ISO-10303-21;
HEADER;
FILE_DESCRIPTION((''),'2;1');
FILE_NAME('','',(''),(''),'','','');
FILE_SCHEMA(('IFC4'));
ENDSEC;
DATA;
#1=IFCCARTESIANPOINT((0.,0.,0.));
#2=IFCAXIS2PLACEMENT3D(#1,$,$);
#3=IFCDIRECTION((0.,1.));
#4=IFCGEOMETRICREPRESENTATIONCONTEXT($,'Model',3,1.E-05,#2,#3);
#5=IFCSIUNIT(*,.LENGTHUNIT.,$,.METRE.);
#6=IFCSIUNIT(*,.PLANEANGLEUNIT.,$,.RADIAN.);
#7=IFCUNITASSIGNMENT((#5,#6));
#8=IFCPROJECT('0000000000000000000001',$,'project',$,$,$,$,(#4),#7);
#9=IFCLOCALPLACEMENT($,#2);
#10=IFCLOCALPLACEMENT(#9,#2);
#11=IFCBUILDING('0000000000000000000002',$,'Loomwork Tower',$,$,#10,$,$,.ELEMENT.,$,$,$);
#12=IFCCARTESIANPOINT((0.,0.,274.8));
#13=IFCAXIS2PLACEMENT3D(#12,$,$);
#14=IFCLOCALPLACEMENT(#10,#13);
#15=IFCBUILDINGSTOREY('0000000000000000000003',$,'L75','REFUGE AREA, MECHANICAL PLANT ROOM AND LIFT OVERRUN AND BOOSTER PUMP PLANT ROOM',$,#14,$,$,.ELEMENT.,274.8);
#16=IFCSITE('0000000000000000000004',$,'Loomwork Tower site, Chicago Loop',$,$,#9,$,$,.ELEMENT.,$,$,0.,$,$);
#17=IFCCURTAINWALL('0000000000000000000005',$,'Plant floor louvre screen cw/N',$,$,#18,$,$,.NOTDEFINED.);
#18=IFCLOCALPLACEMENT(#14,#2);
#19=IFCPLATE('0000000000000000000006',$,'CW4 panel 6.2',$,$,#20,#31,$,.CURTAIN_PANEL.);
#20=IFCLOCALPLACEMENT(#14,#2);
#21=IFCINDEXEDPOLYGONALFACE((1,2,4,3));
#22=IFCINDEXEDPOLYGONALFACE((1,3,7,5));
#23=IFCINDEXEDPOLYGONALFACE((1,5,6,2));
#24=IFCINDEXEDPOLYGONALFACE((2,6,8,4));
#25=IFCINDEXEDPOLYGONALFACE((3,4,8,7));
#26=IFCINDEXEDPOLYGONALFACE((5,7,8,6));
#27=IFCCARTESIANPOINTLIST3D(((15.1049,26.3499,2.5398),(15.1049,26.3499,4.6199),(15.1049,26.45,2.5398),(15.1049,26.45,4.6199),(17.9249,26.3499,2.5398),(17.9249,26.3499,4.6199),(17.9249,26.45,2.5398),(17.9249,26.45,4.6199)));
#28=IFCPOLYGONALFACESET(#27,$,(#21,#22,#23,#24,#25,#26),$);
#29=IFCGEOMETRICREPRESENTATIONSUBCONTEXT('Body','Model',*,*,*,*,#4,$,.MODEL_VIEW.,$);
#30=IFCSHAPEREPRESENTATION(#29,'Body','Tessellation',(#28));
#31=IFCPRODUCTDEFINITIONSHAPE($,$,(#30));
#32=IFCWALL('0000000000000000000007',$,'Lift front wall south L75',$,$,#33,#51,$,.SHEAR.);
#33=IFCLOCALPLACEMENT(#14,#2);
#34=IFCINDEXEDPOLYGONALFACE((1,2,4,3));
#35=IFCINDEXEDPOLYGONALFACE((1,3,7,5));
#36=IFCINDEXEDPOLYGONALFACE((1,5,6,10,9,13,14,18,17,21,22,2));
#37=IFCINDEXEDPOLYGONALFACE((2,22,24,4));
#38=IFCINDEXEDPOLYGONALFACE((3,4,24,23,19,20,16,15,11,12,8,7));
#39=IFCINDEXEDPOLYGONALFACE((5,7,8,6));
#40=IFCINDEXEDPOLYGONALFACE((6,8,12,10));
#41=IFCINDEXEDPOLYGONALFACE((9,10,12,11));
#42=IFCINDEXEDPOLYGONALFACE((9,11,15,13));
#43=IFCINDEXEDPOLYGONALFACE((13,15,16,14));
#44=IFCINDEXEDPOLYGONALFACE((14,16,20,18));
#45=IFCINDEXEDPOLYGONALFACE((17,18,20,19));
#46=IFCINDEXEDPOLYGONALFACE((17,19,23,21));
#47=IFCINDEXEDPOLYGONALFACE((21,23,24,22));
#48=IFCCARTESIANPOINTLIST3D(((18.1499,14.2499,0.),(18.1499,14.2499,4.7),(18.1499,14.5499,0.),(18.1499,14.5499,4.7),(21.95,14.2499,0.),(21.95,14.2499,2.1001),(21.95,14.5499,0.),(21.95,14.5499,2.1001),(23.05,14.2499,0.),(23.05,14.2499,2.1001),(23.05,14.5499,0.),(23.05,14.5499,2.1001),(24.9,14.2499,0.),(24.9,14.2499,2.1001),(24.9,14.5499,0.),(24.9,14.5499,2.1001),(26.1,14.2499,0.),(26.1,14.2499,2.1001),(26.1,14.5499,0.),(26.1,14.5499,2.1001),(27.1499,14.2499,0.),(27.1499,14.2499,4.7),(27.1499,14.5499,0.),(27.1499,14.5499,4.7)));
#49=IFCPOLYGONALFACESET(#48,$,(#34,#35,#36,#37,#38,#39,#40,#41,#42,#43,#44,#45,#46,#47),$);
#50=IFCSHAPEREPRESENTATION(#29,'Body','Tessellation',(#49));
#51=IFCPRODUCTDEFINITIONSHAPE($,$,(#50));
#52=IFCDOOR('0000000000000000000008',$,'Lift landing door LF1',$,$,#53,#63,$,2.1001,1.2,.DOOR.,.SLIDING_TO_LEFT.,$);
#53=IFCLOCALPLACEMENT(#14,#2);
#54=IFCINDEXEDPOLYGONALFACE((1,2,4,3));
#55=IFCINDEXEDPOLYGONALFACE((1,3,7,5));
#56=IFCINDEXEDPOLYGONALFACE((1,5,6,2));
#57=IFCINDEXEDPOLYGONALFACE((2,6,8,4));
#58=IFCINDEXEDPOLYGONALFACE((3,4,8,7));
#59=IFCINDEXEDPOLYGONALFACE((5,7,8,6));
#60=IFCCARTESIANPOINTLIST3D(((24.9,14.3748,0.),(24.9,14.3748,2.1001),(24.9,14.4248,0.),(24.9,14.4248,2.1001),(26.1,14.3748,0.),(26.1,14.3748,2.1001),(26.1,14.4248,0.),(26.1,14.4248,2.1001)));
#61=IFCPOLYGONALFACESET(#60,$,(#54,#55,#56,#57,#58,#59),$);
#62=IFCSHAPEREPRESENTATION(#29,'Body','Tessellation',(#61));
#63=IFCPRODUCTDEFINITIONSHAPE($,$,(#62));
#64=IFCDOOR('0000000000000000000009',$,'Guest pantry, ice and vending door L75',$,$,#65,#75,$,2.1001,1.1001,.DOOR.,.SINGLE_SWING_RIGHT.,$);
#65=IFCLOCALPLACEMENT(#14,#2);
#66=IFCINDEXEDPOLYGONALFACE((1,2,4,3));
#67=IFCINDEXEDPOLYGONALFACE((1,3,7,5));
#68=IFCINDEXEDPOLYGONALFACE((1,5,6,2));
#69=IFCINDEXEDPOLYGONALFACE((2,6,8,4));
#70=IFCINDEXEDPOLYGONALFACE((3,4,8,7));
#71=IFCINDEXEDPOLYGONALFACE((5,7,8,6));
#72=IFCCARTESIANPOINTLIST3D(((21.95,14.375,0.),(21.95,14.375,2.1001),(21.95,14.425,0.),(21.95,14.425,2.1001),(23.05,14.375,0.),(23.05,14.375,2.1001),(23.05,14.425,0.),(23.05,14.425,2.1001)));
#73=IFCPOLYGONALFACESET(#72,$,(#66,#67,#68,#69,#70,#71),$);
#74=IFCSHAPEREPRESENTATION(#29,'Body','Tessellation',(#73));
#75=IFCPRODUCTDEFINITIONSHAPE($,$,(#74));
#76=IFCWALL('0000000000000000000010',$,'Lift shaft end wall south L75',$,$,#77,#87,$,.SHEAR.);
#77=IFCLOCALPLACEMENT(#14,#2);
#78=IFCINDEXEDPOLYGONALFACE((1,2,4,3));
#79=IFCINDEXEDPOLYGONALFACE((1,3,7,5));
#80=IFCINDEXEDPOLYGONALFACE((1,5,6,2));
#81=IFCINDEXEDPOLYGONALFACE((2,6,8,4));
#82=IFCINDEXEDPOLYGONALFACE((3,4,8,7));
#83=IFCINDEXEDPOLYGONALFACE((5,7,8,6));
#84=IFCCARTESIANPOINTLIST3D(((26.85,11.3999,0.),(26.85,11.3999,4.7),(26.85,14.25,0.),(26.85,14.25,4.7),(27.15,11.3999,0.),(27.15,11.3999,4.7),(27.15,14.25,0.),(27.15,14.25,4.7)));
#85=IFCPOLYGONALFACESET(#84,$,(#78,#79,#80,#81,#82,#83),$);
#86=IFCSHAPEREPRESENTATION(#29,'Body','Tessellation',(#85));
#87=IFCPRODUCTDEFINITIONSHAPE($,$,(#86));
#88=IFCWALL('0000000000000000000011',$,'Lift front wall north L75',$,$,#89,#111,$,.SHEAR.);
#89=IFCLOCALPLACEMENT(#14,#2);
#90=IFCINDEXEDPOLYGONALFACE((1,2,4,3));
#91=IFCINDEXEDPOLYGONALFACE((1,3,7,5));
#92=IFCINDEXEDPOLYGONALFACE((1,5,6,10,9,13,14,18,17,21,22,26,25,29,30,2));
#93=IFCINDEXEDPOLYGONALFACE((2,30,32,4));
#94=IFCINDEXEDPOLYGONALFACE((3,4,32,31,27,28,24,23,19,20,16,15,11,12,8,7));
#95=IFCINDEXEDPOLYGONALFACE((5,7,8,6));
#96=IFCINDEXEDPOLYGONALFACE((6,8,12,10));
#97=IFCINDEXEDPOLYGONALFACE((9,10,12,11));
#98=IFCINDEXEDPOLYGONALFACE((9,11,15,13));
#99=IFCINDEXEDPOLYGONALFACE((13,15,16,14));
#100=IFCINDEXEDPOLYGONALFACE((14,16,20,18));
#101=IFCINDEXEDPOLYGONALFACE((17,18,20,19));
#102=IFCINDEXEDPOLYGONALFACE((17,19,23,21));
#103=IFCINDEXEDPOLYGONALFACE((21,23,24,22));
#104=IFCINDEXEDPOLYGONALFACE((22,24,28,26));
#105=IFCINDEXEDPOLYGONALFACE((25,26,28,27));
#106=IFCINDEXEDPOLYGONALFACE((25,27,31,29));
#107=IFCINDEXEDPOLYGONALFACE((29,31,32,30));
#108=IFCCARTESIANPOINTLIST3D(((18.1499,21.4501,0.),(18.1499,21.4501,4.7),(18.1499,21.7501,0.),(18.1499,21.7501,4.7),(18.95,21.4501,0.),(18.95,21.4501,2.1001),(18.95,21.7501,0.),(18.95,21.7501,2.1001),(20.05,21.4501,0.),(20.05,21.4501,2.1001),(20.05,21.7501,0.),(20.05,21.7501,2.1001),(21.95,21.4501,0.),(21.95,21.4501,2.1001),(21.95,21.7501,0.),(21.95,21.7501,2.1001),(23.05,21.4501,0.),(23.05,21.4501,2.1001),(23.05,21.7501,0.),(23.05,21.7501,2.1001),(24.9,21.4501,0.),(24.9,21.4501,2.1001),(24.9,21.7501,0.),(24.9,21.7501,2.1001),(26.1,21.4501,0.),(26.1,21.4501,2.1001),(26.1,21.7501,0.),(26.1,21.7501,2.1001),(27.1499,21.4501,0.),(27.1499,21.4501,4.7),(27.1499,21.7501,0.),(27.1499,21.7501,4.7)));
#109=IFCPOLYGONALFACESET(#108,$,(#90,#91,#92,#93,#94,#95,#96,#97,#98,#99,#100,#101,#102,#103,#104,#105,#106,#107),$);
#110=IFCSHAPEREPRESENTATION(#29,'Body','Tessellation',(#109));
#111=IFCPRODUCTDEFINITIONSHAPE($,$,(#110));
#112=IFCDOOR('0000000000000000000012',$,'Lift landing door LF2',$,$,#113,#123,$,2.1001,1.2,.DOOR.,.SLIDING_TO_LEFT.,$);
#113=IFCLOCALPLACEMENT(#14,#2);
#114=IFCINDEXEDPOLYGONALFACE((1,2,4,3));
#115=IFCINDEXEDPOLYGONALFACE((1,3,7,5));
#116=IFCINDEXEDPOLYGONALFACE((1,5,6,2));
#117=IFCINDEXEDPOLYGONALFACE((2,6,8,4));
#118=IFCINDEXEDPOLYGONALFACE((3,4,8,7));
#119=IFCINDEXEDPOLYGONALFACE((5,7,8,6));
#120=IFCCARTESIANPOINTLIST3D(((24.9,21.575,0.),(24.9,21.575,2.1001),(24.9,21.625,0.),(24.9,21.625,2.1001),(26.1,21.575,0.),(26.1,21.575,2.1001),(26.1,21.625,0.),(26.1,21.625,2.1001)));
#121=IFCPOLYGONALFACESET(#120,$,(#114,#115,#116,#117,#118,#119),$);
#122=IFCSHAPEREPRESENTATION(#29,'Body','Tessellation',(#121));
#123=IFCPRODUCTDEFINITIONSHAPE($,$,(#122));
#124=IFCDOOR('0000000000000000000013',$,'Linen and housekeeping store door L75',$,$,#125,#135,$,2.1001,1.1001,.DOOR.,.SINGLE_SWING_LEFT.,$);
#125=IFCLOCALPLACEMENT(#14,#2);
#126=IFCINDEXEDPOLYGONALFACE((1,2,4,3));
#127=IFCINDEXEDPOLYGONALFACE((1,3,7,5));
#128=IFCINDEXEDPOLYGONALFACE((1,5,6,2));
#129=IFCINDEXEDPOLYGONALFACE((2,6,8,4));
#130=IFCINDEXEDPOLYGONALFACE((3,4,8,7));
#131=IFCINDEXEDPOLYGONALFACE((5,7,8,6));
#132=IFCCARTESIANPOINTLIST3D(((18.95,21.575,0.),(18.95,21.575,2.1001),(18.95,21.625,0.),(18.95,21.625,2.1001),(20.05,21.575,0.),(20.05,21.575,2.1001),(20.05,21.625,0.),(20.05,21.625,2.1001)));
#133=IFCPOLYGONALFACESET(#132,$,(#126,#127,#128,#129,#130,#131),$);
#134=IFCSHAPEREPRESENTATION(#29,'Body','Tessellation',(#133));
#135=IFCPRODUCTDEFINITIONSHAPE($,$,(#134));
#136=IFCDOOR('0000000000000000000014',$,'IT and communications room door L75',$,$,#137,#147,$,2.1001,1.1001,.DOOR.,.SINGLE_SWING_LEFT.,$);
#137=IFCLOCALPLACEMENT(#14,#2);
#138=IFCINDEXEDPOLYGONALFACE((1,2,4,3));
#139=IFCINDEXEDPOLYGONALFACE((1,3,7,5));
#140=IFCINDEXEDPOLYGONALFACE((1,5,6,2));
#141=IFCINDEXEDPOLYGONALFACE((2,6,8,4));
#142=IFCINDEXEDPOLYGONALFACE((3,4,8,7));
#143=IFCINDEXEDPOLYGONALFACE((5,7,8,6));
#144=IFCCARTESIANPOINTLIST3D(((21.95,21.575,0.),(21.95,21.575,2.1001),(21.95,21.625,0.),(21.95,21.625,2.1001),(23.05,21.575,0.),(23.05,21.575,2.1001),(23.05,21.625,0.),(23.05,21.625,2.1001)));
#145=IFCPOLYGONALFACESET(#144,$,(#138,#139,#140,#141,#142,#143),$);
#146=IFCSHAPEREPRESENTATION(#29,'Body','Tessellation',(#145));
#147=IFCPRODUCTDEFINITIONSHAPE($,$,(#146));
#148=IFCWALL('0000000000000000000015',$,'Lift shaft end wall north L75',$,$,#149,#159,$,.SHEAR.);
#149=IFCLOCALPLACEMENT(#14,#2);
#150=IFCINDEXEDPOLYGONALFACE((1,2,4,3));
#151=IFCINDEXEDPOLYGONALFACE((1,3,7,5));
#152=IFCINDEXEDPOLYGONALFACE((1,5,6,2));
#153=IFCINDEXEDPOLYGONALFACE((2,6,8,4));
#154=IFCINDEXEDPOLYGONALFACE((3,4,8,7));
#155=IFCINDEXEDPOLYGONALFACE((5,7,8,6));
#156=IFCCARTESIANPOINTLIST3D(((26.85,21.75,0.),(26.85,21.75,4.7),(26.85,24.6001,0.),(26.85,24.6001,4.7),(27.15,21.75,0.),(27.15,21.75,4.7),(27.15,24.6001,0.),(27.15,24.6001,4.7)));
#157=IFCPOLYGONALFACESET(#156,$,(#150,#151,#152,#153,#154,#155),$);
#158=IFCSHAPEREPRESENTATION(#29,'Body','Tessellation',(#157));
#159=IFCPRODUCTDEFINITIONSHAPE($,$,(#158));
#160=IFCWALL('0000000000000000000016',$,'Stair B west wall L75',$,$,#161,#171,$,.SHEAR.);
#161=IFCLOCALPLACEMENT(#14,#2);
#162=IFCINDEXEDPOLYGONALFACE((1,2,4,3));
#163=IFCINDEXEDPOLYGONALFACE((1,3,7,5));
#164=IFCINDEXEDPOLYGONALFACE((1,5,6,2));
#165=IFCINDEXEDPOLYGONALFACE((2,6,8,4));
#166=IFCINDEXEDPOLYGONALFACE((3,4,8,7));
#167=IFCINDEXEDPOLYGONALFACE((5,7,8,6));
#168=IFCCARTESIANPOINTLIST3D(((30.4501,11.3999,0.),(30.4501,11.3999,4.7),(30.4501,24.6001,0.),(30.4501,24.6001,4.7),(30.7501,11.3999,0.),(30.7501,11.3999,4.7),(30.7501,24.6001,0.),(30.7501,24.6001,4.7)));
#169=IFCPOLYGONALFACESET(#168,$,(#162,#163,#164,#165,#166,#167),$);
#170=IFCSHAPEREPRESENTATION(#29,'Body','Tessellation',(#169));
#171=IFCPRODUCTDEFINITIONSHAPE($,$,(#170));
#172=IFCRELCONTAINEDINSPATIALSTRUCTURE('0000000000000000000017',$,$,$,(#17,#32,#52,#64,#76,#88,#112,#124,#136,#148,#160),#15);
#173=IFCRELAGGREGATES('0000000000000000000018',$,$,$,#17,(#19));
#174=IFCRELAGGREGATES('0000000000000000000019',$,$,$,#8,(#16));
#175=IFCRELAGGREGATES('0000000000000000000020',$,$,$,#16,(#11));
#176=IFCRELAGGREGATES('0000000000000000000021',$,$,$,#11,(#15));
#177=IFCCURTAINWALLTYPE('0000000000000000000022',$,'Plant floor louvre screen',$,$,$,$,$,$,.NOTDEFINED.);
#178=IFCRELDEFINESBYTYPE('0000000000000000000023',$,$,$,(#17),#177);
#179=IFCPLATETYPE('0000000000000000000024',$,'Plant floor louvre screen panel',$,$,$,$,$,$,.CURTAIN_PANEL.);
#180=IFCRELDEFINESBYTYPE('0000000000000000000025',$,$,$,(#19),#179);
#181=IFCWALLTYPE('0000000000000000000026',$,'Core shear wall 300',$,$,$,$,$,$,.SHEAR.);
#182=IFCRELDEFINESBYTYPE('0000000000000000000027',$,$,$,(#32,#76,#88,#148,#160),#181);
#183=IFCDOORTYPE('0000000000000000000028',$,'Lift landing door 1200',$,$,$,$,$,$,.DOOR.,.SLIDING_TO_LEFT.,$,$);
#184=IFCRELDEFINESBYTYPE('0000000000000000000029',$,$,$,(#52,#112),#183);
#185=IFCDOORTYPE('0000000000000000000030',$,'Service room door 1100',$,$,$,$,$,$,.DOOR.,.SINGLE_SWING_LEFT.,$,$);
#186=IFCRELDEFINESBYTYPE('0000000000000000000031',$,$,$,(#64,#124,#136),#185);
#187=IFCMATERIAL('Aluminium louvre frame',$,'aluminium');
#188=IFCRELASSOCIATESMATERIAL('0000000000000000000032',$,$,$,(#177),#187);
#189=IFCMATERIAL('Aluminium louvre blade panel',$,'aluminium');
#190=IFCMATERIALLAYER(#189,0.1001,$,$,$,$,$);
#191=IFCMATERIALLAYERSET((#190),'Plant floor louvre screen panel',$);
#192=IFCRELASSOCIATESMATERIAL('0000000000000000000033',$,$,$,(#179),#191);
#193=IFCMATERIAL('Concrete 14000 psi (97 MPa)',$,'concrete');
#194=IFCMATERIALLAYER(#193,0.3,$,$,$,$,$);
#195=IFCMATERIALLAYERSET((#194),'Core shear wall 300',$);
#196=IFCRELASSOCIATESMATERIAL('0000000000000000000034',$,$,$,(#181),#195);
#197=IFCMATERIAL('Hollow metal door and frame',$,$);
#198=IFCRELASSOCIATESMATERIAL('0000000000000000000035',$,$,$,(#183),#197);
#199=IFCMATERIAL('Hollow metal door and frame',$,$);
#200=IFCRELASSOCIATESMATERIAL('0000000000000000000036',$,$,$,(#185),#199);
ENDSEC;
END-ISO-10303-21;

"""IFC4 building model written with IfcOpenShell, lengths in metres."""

from ifc_helpers import new_model, si_unit, direction, frame, frame_2d, origin, origin_2d, place, context, subcontext, project, spatial, rectangle, extrude, material, layer, layer_set, type_object, element, fill, aggregate, save


model = new_model("IFC4")

# Units and contexts
model_context = context("Model", 3, precision=1e-05, world=origin(), true_north=direction((0.0, 1.0)))
body_context = subcontext(model_context, "Body", "Model", "MODEL_VIEW")
ifc_project = project(units=[si_unit("LENGTHUNIT", "METRE"), si_unit("PLANEANGLEUNIT", "RADIAN")], contexts=[model_context])

# Site, building, storey
site_placement = place(None, origin())
site = spatial("IfcSite", under=ifc_project, at=site_placement, Name="Loomwork Tower site, Chicago Loop", CompositionType="ELEMENT", RefElevation=0.0)
building_placement = place(site_placement, origin())
building = spatial("IfcBuilding", under=site, at=building_placement, Name="Loomwork Tower", CompositionType="ELEMENT")
storey_placement = place(building_placement, frame((0.0, 0.0, 274.8)))
storey = spatial("IfcBuildingStorey", under=building, at=storey_placement, Name="L75", Description="REFUGE AREA, MECHANICAL PLANT ROOM AND LIFT OVERRUN AND BOOSTER PUMP PLANT ROOM", CompositionType="ELEMENT", Elevation=274.8)

# Curtain wall, plate
ifc_material_1 = material(Name="Aluminium louvre frame", Category="aluminium")
curtain_wall_type = type_object("IfcCurtainWallType", Name="Plant floor louvre screen", PredefinedType="NOTDEFINED", material=ifc_material_1)
curtain_wall_placement = place(storey_placement, origin())
curtain_wall = element("IfcCurtainWall", 1, at=curtain_wall_placement, inside=storey, type_object=curtain_wall_type, Name="Plant floor louvre screen cw/N", PredefinedType="NOTDEFINED")
ifc_material_2 = material(Name="Aluminium louvre blade panel", Category="aluminium")
ifc_layer_1 = layer(ifc_material_2, 0.1001)
ifc_layer_set_1 = layer_set([ifc_layer_1], Name="Plant floor louvre screen panel")
plate_type = type_object("IfcPlateType", Name="Plant floor louvre screen panel", PredefinedType="CURTAIN_PANEL", material=ifc_layer_set_1)
plate_1_placement = place(storey_placement, frame((16.5149, 26.3999, 2.5398), z_axis=(0.0, 0.0, 1.0), x_axis=(-1.0, 0.0, 0.0)))
plate_1 = element("IfcPlate", 2, at=plate_1_placement, type_object=plate_type, Name="CW4 panel 6.2", PredefinedType="CURTAIN_PANEL", context=body_context, shape_type="SweptSolid", body=[
    extrude(rectangle(XDim=2.8201, YDim=0.1001, at=origin_2d()), origin(), (0.0, 0.0, 1.0), 2.0801),
])
aggregate(curtain_wall, [plate_1])

# Wall, openings, doors
ifc_material_3 = material(Name="Concrete 14000 psi (97 MPa)", Category="concrete")
ifc_layer_2 = layer(ifc_material_3, 0.3)
ifc_layer_set_2 = layer_set([ifc_layer_2], Name="Core shear wall 300")
wall_type_1 = type_object("IfcWallType", Name="Core shear wall 300", PredefinedType="SHEAR", material=ifc_layer_set_2)
wall_1_placement = place(storey_placement, frame((18.1499, 14.3999, 0.0), z_axis=(0.0, 0.0, 1.0), x_axis=(1.0, 0.0, 0.0)))
wall_1 = element("IfcWall", 3, at=wall_1_placement, inside=storey, type_object=wall_type_1, Name="Lift front wall south L75", PredefinedType="SHEAR", context=body_context, shape_type="SweptSolid", body=[
    extrude(rectangle(XDim=9.0, YDim=0.3, at=frame_2d((4.5, 0.0))), origin(), (0.0, 0.0, 1.0), 4.7),
])
opening_1_placement = place(wall_1_placement, frame((6.75, 0.0, 0.0)))
opening_1 = element("IfcOpeningElement", 4, at=opening_1_placement, cuts=wall_1, PredefinedType="OPENING", context=body_context, shape_type="SweptSolid", body=[
    extrude(rectangle(XDim=1.2, YDim=2.1001, at=frame_2d((0.6001, 1.05))), frame((0.0, 0.1599, 0.0), z_axis=(0.0, -1.0, 0.0), x_axis=(1.0, 0.0, 0.0)), (0.0, 0.0, 1.0), 0.3201),
])
opening_2_placement = place(wall_1_placement, frame((3.8, 0.0, 0.0)))
opening_2 = element("IfcOpeningElement", 5, at=opening_2_placement, cuts=wall_1, PredefinedType="OPENING", context=body_context, shape_type="SweptSolid", body=[
    extrude(rectangle(XDim=1.1001, YDim=2.1001, at=frame_2d((0.55, 1.05))), frame((0.0, 0.1599, 0.0), z_axis=(0.0, -1.0, 0.0), x_axis=(1.0, 0.0, 0.0)), (0.0, 0.0, 1.0), 0.3201),
])
ifc_material_4 = material(Name="Hollow metal door and frame")
door_type_1 = type_object("IfcDoorType", Name="Lift landing door 1200", OperationType="SLIDING_TO_LEFT", PredefinedType="DOOR", material=ifc_material_4)
door_1_placement = place(opening_1_placement, origin())
door_1 = element("IfcDoor", 6, at=door_1_placement, inside=storey, type_object=door_type_1, Name="Lift landing door LF1", OperationType="SLIDING_TO_LEFT", OverallHeight=2.1001, OverallWidth=1.2, PredefinedType="DOOR", context=body_context, shape_type="SweptSolid", body=[
    extrude(rectangle(XDim=1.2, YDim=2.1001, at=frame_2d((0.6001, 1.05))), frame((0.0, 0.0249, 0.0), z_axis=(0.0, -1.0, 0.0), x_axis=(1.0, 0.0, 0.0)), (0.0, 0.0, 1.0), 0.05),
])
fill(opening_1, door_1)
ifc_material_5 = material(Name="Hollow metal door and frame")
door_type_2 = type_object("IfcDoorType", Name="Service room door 1100", OperationType="SINGLE_SWING_LEFT", PredefinedType="DOOR", material=ifc_material_5)
door_2_placement = place(opening_2_placement, frame((1.1001, 0.0, 0.0), z_axis=(0.0, 0.0, 1.0), x_axis=(-1.0, 0.0, 0.0)))
door_2 = element("IfcDoor", 7, at=door_2_placement, inside=storey, type_object=door_type_2, Name="Guest pantry, ice and vending door L75", OperationType="SINGLE_SWING_RIGHT", OverallHeight=2.1001, OverallWidth=1.1001, PredefinedType="DOOR", context=body_context, shape_type="SweptSolid", body=[
    extrude(rectangle(XDim=1.1001, YDim=2.1001, at=frame_2d((0.55, 1.05))), frame((0.0, 0.0249, 0.0), z_axis=(0.0, -1.0, 0.0), x_axis=(1.0, 0.0, 0.0)), (0.0, 0.0, 1.0), 0.05),
])
fill(opening_2, door_2)

# Wall
wall_2_placement = place(storey_placement, frame((27.0, 11.3999, 0.0), z_axis=(0.0, 0.0, 1.0), x_axis=(0.0, 1.0, 0.0)))
element("IfcWall", 8, at=wall_2_placement, inside=storey, type_object=wall_type_1, Name="Lift shaft end wall south L75", PredefinedType="SHEAR", context=body_context, shape_type="SweptSolid", body=[
    extrude(rectangle(XDim=2.8501, YDim=0.3, at=frame_2d((1.425, 0.0))), origin(), (0.0, 0.0, 1.0), 4.7),
])

# Wall, openings, doors
wall_3_placement = place(storey_placement, frame((18.1499, 21.6001, 0.0), z_axis=(0.0, 0.0, 1.0), x_axis=(1.0, 0.0, 0.0)))
wall_3 = element("IfcWall", 9, at=wall_3_placement, inside=storey, type_object=wall_type_1, Name="Lift front wall north L75", PredefinedType="SHEAR", context=body_context, shape_type="SweptSolid", body=[
    extrude(rectangle(XDim=9.0, YDim=0.3, at=frame_2d((4.5, 0.0))), origin(), (0.0, 0.0, 1.0), 4.7),
])
opening_3_placement = place(wall_3_placement, frame((6.75, 0.0, 0.0)))
opening_3 = element("IfcOpeningElement", 10, at=opening_3_placement, cuts=wall_3, PredefinedType="OPENING", context=body_context, shape_type="SweptSolid", body=[
    extrude(rectangle(XDim=1.2, YDim=2.1001, at=frame_2d((0.6001, 1.05))), frame((0.0, 0.1599, 0.0), z_axis=(0.0, -1.0, 0.0), x_axis=(1.0, 0.0, 0.0)), (0.0, 0.0, 1.0), 0.3201),
])
opening_4_placement = place(wall_3_placement, frame((0.8, 0.0, 0.0)))
opening_4 = element("IfcOpeningElement", 11, at=opening_4_placement, cuts=wall_3, PredefinedType="OPENING", context=body_context, shape_type="SweptSolid", body=[
    extrude(rectangle(XDim=1.1001, YDim=2.1001, at=frame_2d((0.55, 1.05))), frame((0.0, 0.1599, 0.0), z_axis=(0.0, -1.0, 0.0), x_axis=(1.0, 0.0, 0.0)), (0.0, 0.0, 1.0), 0.3201),
])
opening_5_placement = place(wall_3_placement, frame((3.8, 0.0, 0.0)))
opening_5 = element("IfcOpeningElement", 12, at=opening_5_placement, cuts=wall_3, PredefinedType="OPENING", context=body_context, shape_type="SweptSolid", body=[
    extrude(rectangle(XDim=1.1001, YDim=2.1001, at=frame_2d((0.55, 1.05))), frame((0.0, 0.1599, 0.0), z_axis=(0.0, -1.0, 0.0), x_axis=(1.0, 0.0, 0.0)), (0.0, 0.0, 1.0), 0.3201),
])
door_3_placement = place(opening_3_placement, origin())
door_3 = element("IfcDoor", 13, at=door_3_placement, inside=storey, type_object=door_type_1, Name="Lift landing door LF2", OperationType="SLIDING_TO_LEFT", OverallHeight=2.1001, OverallWidth=1.2, PredefinedType="DOOR", context=body_context, shape_type="SweptSolid", body=[
    extrude(rectangle(XDim=1.2, YDim=2.1001, at=frame_2d((0.6001, 1.05))), frame((0.0, 0.0249, 0.0), z_axis=(0.0, -1.0, 0.0), x_axis=(1.0, 0.0, 0.0)), (0.0, 0.0, 1.0), 0.05),
])
fill(opening_3, door_3)
door_4_placement = place(opening_4_placement, origin())
door_4 = element("IfcDoor", 14, at=door_4_placement, inside=storey, type_object=door_type_2, Name="Linen and housekeeping store door L75", OperationType="SINGLE_SWING_LEFT", OverallHeight=2.1001, OverallWidth=1.1001, PredefinedType="DOOR", context=body_context, shape_type="SweptSolid", body=[
    extrude(rectangle(XDim=1.1001, YDim=2.1001, at=frame_2d((0.55, 1.05))), frame((0.0, 0.0249, 0.0), z_axis=(0.0, -1.0, 0.0), x_axis=(1.0, 0.0, 0.0)), (0.0, 0.0, 1.0), 0.05),
])
fill(opening_4, door_4)
door_5_placement = place(opening_5_placement, origin())
door_5 = element("IfcDoor", 15, at=door_5_placement, inside=storey, type_object=door_type_2, Name="IT and communications room door L75", OperationType="SINGLE_SWING_LEFT", OverallHeight=2.1001, OverallWidth=1.1001, PredefinedType="DOOR", context=body_context, shape_type="SweptSolid", body=[
    extrude(rectangle(XDim=1.1001, YDim=2.1001, at=frame_2d((0.55, 1.05))), frame((0.0, 0.0249, 0.0), z_axis=(0.0, -1.0, 0.0), x_axis=(1.0, 0.0, 0.0)), (0.0, 0.0, 1.0), 0.05),
])
fill(opening_5, door_5)

# Walls
wall_4_placement = place(storey_placement, frame((27.0, 21.75, 0.0), z_axis=(0.0, 0.0, 1.0), x_axis=(0.0, 1.0, 0.0)))
element("IfcWall", 16, at=wall_4_placement, inside=storey, type_object=wall_type_1, Name="Lift shaft end wall north L75", PredefinedType="SHEAR", context=body_context, shape_type="SweptSolid", body=[
    extrude(rectangle(XDim=2.8501, YDim=0.3, at=frame_2d((1.425, 0.0))), origin(), (0.0, 0.0, 1.0), 4.7),
])
wall_5_placement = place(storey_placement, frame((30.6001, 11.3999, 0.0), z_axis=(0.0, 0.0, 1.0), x_axis=(0.0, 1.0, 0.0)))
element("IfcWall", 17, at=wall_5_placement, inside=storey, type_object=wall_type_1, Name="Stair B west wall L75", PredefinedType="SHEAR", context=body_context, shape_type="SweptSolid", body=[
    extrude(rectangle(XDim=13.2002, YDim=0.3, at=frame_2d((6.6001, 0.0))), origin(), (0.0, 0.0, 1.0), 4.7),
])

save(model, "model.ifc")
